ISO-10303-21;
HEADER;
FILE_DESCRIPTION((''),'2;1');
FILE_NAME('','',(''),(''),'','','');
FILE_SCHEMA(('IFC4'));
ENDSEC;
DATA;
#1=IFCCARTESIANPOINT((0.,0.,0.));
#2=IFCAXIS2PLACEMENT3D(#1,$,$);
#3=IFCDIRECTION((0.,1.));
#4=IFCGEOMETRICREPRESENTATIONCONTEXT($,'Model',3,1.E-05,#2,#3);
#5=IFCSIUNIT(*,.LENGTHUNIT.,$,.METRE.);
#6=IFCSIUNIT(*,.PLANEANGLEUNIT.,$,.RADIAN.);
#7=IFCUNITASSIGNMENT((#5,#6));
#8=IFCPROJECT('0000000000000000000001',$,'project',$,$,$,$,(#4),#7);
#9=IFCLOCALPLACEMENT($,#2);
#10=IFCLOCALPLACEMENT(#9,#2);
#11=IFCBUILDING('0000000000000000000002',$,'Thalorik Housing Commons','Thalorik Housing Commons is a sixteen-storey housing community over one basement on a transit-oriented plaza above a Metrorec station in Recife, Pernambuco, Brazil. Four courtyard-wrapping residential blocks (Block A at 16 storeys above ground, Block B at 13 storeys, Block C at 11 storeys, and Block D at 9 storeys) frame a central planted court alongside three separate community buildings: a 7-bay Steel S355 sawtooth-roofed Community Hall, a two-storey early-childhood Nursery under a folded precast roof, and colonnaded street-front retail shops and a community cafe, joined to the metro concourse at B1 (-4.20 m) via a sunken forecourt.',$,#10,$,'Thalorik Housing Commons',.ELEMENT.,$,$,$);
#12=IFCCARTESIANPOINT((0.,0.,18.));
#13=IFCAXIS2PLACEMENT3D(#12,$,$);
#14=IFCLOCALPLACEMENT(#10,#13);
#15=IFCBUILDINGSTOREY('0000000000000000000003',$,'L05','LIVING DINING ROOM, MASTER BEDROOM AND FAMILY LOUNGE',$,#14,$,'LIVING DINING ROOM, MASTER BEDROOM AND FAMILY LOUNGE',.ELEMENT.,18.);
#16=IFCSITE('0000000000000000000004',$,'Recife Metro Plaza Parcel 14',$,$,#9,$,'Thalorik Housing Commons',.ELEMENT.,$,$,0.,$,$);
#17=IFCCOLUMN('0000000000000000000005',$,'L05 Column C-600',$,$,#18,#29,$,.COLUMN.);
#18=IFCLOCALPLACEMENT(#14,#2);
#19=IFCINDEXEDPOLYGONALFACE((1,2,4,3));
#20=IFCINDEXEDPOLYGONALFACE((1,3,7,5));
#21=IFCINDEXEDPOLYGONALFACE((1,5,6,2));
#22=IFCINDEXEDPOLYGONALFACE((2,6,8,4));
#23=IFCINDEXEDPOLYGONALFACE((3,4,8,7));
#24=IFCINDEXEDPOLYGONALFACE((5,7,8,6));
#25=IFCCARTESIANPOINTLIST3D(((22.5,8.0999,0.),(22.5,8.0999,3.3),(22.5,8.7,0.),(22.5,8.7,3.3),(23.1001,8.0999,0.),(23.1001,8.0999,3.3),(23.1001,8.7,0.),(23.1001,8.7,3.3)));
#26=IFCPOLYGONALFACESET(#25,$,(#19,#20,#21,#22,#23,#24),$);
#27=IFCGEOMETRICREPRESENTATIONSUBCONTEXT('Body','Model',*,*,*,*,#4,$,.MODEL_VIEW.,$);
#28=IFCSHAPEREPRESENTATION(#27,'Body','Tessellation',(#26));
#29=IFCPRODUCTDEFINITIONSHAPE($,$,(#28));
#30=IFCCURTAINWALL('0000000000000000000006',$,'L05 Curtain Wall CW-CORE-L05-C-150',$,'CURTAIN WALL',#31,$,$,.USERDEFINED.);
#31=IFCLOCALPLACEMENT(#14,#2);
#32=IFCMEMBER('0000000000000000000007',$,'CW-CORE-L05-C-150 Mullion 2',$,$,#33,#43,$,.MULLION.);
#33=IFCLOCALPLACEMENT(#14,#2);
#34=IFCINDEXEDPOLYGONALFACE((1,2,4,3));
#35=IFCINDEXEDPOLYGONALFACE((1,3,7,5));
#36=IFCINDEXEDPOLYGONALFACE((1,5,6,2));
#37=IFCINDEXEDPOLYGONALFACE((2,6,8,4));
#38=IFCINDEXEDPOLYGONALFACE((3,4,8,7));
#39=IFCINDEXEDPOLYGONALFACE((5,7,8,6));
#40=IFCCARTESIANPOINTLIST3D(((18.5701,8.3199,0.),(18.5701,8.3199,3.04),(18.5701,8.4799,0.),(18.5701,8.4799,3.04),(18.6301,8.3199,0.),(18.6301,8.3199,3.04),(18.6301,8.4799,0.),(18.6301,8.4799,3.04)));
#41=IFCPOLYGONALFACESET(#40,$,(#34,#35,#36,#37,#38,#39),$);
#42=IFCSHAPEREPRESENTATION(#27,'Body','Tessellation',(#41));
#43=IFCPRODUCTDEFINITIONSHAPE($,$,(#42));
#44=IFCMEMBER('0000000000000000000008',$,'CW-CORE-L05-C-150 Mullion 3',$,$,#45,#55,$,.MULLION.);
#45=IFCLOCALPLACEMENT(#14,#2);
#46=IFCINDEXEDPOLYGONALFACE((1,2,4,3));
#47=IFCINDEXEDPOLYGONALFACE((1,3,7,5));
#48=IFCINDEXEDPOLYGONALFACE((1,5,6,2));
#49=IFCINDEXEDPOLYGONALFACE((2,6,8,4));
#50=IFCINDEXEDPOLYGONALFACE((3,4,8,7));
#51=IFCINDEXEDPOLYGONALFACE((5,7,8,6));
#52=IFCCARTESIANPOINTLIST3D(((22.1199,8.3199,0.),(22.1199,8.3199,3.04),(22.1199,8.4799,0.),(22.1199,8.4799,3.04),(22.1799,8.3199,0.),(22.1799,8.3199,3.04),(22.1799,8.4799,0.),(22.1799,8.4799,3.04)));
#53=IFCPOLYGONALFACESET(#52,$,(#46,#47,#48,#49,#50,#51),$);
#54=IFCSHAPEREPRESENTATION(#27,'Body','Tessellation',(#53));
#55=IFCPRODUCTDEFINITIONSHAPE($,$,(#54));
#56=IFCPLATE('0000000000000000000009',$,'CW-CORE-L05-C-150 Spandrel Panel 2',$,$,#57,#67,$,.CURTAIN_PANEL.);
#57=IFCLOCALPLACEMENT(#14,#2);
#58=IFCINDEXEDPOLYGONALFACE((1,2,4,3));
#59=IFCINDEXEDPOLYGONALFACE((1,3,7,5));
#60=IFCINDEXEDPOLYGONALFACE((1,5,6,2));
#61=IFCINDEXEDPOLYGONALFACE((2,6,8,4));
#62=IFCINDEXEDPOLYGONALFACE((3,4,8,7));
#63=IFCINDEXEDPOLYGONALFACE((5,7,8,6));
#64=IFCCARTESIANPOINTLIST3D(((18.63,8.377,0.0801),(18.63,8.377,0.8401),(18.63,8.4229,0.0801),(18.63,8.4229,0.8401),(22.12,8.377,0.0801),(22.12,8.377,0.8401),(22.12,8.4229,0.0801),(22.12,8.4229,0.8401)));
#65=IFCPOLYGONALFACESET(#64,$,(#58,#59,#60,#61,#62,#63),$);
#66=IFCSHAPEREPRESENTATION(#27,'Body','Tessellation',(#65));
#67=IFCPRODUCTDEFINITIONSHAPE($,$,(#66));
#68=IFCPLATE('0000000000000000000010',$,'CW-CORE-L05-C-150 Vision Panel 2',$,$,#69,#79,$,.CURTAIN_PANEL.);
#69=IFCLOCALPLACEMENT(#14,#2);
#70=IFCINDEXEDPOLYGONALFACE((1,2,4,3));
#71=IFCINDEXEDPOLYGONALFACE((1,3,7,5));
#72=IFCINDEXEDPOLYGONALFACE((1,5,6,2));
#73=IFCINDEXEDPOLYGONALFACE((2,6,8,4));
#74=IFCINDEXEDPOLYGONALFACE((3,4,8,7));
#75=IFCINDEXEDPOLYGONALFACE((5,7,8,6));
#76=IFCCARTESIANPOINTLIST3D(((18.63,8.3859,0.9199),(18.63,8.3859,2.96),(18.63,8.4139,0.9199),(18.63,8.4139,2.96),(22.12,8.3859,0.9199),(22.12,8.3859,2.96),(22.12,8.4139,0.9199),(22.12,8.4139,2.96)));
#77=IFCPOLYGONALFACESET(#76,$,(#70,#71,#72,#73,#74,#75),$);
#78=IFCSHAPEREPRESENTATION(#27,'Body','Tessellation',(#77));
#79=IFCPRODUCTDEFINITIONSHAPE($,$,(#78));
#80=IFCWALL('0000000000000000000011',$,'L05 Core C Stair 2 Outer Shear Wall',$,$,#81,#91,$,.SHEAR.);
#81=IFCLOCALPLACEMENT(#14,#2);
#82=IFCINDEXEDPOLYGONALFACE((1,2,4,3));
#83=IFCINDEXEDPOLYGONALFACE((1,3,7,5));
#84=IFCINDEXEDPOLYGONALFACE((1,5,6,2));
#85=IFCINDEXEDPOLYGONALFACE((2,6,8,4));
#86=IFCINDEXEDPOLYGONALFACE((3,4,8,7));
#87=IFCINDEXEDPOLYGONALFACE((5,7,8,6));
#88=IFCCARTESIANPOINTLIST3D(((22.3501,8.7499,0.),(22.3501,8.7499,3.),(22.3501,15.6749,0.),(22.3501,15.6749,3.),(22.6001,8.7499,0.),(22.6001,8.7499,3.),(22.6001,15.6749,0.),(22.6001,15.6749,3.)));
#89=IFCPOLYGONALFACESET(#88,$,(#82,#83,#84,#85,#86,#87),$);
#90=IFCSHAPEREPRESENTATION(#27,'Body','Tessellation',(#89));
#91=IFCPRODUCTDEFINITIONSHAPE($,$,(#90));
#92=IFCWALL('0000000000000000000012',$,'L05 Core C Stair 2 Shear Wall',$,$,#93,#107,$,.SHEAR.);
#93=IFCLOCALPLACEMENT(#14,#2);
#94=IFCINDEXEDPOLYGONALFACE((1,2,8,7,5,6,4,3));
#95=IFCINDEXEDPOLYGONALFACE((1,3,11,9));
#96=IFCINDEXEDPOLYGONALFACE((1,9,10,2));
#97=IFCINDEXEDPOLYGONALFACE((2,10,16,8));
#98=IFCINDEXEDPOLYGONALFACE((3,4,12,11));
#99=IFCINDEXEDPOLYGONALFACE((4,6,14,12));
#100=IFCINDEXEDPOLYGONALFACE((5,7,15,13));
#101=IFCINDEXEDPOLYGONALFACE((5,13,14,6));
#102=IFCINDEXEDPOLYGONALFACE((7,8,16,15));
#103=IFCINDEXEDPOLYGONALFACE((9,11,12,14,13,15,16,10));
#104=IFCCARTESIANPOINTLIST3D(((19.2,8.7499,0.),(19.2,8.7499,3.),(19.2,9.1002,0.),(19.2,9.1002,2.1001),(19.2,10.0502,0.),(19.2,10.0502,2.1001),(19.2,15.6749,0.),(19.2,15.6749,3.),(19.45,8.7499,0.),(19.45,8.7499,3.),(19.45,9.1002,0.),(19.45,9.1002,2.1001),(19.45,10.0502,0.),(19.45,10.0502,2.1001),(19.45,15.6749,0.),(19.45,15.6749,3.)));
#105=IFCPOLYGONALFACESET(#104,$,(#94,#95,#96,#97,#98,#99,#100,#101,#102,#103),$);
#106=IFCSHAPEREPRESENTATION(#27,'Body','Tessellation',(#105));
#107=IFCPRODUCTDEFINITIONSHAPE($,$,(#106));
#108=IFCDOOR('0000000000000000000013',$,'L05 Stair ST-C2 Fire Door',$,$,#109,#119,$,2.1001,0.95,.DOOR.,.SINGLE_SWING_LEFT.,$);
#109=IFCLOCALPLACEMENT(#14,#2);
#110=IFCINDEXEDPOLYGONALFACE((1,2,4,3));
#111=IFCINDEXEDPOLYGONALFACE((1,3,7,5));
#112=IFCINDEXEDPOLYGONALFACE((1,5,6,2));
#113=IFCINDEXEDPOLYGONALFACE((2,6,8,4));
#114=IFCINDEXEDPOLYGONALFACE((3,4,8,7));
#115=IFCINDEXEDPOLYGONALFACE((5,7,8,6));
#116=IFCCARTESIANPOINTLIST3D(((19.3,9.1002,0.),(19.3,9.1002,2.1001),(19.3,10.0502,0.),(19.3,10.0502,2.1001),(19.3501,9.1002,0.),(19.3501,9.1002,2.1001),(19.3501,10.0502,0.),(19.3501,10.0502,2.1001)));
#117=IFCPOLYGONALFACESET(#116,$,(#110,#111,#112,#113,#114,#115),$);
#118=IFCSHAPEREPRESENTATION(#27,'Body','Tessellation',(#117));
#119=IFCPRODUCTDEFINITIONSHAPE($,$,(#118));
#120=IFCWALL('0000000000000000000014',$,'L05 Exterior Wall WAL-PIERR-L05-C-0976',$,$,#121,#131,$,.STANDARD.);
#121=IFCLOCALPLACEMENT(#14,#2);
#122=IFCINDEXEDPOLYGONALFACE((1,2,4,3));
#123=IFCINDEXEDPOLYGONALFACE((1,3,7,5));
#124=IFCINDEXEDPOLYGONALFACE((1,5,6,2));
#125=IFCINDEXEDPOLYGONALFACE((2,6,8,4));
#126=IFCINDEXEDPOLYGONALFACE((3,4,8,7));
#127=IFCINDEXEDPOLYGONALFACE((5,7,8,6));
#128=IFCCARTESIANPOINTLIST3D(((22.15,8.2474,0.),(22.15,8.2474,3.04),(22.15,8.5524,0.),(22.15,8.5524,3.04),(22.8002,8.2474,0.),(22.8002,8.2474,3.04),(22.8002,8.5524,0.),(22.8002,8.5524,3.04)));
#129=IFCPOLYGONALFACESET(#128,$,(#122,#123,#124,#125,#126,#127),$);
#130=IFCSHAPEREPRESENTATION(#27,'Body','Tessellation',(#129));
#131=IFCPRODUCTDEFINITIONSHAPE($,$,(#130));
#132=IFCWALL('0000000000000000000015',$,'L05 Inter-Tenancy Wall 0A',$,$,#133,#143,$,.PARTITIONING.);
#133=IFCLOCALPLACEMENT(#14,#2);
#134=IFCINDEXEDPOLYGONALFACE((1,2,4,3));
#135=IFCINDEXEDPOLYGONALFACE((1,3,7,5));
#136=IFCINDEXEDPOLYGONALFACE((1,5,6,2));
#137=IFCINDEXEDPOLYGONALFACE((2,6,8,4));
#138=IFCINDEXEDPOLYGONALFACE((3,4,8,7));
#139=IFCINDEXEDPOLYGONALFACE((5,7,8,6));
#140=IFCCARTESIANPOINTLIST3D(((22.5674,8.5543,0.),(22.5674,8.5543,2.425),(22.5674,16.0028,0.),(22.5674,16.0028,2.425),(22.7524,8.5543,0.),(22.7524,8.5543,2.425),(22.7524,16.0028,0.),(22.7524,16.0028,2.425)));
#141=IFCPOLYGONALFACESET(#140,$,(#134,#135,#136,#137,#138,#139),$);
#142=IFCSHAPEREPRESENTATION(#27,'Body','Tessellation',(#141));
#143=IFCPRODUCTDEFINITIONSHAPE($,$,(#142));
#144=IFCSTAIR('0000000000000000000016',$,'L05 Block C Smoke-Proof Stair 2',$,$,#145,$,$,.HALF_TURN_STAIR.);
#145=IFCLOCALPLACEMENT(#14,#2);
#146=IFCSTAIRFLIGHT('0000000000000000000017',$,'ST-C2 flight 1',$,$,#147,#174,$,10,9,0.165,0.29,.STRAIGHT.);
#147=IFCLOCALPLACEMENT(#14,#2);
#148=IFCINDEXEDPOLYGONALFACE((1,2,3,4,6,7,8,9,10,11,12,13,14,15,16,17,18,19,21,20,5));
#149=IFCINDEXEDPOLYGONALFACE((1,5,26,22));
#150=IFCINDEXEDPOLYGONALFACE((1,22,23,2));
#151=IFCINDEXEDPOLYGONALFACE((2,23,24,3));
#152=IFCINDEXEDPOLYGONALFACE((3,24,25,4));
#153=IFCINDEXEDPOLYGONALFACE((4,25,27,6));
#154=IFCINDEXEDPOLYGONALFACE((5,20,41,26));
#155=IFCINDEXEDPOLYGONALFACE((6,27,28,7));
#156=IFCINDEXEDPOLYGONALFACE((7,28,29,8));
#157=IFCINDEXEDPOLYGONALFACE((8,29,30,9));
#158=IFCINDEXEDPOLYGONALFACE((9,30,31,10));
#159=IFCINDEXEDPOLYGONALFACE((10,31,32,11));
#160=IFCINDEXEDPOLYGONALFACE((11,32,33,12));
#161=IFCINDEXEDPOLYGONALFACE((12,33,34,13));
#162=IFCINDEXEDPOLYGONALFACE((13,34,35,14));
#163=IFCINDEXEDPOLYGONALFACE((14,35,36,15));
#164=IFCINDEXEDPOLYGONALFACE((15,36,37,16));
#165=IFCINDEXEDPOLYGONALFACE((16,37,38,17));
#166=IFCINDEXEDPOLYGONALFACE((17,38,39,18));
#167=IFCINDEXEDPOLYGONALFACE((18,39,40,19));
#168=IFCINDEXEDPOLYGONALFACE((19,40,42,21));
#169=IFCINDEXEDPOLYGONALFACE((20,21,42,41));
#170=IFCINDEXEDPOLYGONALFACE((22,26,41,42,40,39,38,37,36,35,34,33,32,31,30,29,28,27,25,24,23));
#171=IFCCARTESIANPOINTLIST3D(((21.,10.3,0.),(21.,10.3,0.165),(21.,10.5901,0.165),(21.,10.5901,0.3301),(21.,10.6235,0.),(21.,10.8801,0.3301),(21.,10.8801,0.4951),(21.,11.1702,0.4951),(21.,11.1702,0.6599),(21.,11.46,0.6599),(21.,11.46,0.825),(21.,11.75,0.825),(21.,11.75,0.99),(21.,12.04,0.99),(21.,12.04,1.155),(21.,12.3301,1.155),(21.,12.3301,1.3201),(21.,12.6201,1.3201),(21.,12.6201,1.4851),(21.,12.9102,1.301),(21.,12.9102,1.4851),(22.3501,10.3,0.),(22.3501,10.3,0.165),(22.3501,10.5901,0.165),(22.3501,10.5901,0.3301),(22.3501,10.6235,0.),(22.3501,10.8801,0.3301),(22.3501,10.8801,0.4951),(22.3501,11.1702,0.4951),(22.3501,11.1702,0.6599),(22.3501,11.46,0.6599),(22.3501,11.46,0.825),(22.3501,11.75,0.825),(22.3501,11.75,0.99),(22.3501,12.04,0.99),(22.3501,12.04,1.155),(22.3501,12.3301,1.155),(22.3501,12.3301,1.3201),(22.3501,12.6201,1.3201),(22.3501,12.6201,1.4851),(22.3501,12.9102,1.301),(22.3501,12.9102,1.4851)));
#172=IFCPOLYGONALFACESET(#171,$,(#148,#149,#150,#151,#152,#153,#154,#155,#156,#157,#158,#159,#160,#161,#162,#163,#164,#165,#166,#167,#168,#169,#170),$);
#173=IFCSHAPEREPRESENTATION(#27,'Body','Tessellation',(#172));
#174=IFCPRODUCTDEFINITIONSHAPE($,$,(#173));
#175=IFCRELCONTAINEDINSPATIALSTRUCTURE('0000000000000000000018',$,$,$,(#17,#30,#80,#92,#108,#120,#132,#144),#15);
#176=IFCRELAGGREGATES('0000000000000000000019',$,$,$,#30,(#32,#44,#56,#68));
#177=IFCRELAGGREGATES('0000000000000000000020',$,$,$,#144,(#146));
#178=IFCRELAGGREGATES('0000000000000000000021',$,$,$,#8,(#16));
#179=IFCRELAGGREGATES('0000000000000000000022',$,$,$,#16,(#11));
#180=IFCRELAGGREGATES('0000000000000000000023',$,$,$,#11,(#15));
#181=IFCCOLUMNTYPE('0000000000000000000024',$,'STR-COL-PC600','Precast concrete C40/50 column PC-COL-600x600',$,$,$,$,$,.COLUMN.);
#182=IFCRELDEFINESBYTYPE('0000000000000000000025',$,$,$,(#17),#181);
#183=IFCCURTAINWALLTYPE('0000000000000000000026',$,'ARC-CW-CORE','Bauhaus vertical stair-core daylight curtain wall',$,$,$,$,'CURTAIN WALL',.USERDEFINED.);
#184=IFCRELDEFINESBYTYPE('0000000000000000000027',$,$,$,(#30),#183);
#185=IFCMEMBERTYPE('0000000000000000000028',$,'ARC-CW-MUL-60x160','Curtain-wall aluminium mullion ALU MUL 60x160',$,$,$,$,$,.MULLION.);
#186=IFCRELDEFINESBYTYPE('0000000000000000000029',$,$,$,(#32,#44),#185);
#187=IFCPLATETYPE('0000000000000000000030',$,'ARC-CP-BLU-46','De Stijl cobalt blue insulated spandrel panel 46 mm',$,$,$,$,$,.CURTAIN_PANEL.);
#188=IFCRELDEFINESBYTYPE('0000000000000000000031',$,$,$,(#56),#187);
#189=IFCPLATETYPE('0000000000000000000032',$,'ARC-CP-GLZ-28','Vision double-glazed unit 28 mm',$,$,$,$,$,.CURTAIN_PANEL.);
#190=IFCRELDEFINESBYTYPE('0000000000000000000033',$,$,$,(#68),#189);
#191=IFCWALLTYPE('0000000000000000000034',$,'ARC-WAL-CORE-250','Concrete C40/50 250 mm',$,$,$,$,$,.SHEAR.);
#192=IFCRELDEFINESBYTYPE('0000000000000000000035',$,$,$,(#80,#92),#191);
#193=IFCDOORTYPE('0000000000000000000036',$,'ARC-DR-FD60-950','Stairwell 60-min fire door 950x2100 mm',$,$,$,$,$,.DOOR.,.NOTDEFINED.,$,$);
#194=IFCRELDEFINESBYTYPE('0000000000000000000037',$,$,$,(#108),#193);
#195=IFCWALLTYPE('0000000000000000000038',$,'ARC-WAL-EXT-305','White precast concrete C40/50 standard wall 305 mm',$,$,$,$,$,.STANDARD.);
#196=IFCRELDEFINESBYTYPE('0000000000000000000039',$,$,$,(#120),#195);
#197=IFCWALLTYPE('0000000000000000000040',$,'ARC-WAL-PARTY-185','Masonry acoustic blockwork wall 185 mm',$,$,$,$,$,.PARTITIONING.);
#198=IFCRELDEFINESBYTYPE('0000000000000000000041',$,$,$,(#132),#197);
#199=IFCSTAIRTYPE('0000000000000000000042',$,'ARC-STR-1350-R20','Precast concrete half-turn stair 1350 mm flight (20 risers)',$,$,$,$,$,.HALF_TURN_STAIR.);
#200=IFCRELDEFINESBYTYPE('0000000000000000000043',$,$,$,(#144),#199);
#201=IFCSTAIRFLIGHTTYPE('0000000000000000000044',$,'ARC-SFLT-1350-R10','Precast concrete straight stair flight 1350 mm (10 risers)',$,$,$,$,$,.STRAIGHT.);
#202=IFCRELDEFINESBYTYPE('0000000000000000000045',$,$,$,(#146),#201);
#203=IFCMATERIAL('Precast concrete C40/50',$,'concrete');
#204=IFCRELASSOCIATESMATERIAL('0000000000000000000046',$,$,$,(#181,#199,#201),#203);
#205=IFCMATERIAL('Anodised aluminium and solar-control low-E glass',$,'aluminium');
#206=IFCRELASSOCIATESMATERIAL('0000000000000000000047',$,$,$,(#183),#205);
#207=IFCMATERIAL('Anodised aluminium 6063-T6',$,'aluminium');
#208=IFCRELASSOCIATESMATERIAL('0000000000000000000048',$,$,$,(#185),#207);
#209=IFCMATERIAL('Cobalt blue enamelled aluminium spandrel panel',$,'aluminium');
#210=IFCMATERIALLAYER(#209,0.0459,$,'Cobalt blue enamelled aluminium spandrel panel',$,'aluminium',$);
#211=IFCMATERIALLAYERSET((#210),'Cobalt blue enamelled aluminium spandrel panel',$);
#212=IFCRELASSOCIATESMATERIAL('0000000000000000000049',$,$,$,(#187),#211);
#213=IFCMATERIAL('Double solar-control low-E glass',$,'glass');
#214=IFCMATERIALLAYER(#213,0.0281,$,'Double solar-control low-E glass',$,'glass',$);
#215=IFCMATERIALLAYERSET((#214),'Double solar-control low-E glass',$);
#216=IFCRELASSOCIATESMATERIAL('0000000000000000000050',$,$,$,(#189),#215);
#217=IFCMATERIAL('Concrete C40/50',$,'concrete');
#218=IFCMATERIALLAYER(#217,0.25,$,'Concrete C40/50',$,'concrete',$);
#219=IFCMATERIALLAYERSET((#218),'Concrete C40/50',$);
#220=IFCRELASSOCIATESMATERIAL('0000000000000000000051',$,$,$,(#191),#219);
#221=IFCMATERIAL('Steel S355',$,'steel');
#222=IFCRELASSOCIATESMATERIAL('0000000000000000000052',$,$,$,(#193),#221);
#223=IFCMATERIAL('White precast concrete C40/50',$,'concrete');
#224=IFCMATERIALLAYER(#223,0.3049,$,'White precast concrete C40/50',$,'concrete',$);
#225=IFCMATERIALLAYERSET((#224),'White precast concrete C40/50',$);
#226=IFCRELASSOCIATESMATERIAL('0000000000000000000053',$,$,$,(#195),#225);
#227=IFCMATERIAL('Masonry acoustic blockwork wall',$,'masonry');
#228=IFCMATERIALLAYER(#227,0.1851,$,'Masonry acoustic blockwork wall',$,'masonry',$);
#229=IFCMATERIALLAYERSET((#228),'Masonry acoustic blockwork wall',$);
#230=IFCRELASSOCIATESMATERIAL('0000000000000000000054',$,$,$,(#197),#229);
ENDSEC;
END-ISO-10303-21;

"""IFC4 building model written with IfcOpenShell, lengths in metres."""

from ifc_helpers import new_model, si_unit, direction, frame, frame_2d, origin, origin_2d, place, context, subcontext, project, spatial, polyline, rectangle, outline, extrude, material, layer, layer_set, material_profile, profile_set, type_object, element, fill, aggregate, save


model = new_model("IFC4")

# Units and contexts
model_context = context("Model", 3, precision=1e-05, world=origin(), true_north=direction((0.0, 1.0)))
body_context = subcontext(model_context, "Body", "Model", "MODEL_VIEW")
ifc_project = project(units=[si_unit("LENGTHUNIT", "METRE"), si_unit("PLANEANGLEUNIT", "RADIAN")], contexts=[model_context])

# Site, building, storey
site_placement = place(None, origin())
site = spatial("IfcSite", under=ifc_project, at=site_placement, Name="Recife Metro Plaza Parcel 14", LongName="Thalorik Housing Commons", CompositionType="ELEMENT", RefElevation=0.0)
building_placement = place(site_placement, origin())
building = spatial("IfcBuilding", under=site, at=building_placement, Name="Thalorik Housing Commons", Description="Thalorik Housing Commons is a sixteen-storey housing community over one basement on a transit-oriented plaza above a Metrorec station in Recife, Pernambuco, Brazil. Four courtyard-wrapping residential blocks (Block A at 16 storeys above ground, Block B at 13 storeys, Block C at 11 storeys, and Block D at 9 storeys) frame a central planted court alongside three separate community buildings: a 7-bay Steel S355 sawtooth-roofed Community Hall, a two-storey early-childhood Nursery under a folded precast roof, and colonnaded street-front retail shops and a community cafe, joined to the metro concourse at B1 (-4.20 m) via a sunken forecourt.", LongName="Thalorik Housing Commons", CompositionType="ELEMENT")
storey_placement = place(building_placement, frame((0.0, 0.0, 18.0)))
storey = spatial("IfcBuildingStorey", under=building, at=storey_placement, Name="L05", Description="LIVING DINING ROOM, MASTER BEDROOM AND FAMILY LOUNGE", LongName="LIVING DINING ROOM, MASTER BEDROOM AND FAMILY LOUNGE", CompositionType="ELEMENT", Elevation=18.0)

# Column
ifc_material_1 = material(Name="Precast concrete C40/50", Category="concrete")
ifc_material_profile_1 = material_profile(ifc_material_1, rectangle(XDim=0.6001, YDim=0.6001, at=origin_2d()), Name="PC 600x600", Category="concrete")
ifc_profile_set_1 = profile_set([ifc_material_profile_1], Name="Precast concrete C40/50")
column_type = type_object("IfcColumnType", Name="STR-COL-PC600", Description="Precast concrete C40/50 column PC-COL-600x600", PredefinedType="COLUMN", material=ifc_profile_set_1)
column_placement = place(storey_placement, frame((22.8, 8.3999, 0.0), z_axis=(0.0, 0.0, 1.0), x_axis=(1.0, 0.0, 0.0)))
element("IfcColumn", 1, at=column_placement, inside=storey, type_object=column_type, Name="L05 Column C-600", PredefinedType="COLUMN", context=body_context, shape_type="SweptSolid", body=[
    extrude(rectangle(XDim=0.6001, YDim=0.6001, at=origin_2d()), origin(), (0.0, 0.0, 1.0), 3.3),
])

# Curtain wall, members, plates
ifc_material_2 = material(Name="Anodised aluminium and solar-control low-E glass", Category="aluminium")
curtain_wall_type = type_object("IfcCurtainWallType", Name="ARC-CW-CORE", Description="Bauhaus vertical stair-core daylight curtain wall", ElementType="CURTAIN WALL", PredefinedType="USERDEFINED", material=ifc_material_2)
curtain_wall_placement = place(storey_placement, origin())
curtain_wall = element("IfcCurtainWall", 2, at=curtain_wall_placement, inside=storey, type_object=curtain_wall_type, Name="L05 Curtain Wall CW-CORE-L05-C-150", ObjectType="CURTAIN WALL", PredefinedType="USERDEFINED")
ifc_material_3 = material(Name="Anodised aluminium 6063-T6", Category="aluminium")
ifc_material_profile_2 = material_profile(ifc_material_3, rectangle(XDim=0.0601, YDim=0.1599, at=origin_2d()), Name="ALU MUL 60x160", Category="aluminium")
ifc_profile_set_2 = profile_set([ifc_material_profile_2], Name="Anodised aluminium 6063-T6")
member_type = type_object("IfcMemberType", Name="ARC-CW-MUL-60x160", Description="Curtain-wall aluminium mullion ALU MUL 60x160", PredefinedType="MULLION", material=ifc_profile_set_2)
member_1_placement = place(storey_placement, frame((18.6001, 8.3999, 0.0), z_axis=(0.0, 0.0, 1.0), x_axis=(1.0, 0.0, 0.0)))
member_1 = element("IfcMember", 3, at=member_1_placement, type_object=member_type, Name="CW-CORE-L05-C-150 Mullion 2", PredefinedType="MULLION", context=body_context, shape_type="SweptSolid", body=[
    extrude(rectangle(XDim=0.0601, YDim=0.1599, at=origin_2d()), origin(), (0.0, 0.0, 1.0), 3.04),
])
member_2_placement = place(storey_placement, frame((22.1499, 8.3999, 0.0), z_axis=(0.0, 0.0, 1.0), x_axis=(1.0, 0.0, 0.0)))
member_2 = element("IfcMember", 4, at=member_2_placement, type_object=member_type, Name="CW-CORE-L05-C-150 Mullion 3", PredefinedType="MULLION", context=body_context, shape_type="SweptSolid", body=[
    extrude(rectangle(XDim=0.0601, YDim=0.1599, at=origin_2d()), origin(), (0.0, 0.0, 1.0), 3.04),
])
ifc_material_4 = material(Name="Cobalt blue enamelled aluminium spandrel panel", Category="aluminium")
ifc_layer_1 = layer(ifc_material_4, 0.0459, Name="Cobalt blue enamelled aluminium spandrel panel", Category="aluminium")
ifc_layer_set_1 = layer_set([ifc_layer_1], Name="Cobalt blue enamelled aluminium spandrel panel")
plate_type_1 = type_object("IfcPlateType", Name="ARC-CP-BLU-46", Description="De Stijl cobalt blue insulated spandrel panel 46 mm", PredefinedType="CURTAIN_PANEL", material=ifc_layer_set_1)
plate_1_placement = place(storey_placement, frame((20.375, 8.3999, 0.0801), z_axis=(0.0, 0.0, 1.0), x_axis=(1.0, 0.0, 0.0)))
plate_1 = element("IfcPlate", 5, at=plate_1_placement, type_object=plate_type_1, Name="CW-CORE-L05-C-150 Spandrel Panel 2", PredefinedType="CURTAIN_PANEL", context=body_context, shape_type="SweptSolid", body=[
    extrude(rectangle(XDim=3.49, YDim=0.0459, at=origin_2d()), origin(), (0.0, 0.0, 1.0), 0.76),
])
ifc_material_5 = material(Name="Double solar-control low-E glass", Category="glass")
ifc_layer_2 = layer(ifc_material_5, 0.0281, Name="Double solar-control low-E glass", Category="glass")
ifc_layer_set_2 = layer_set([ifc_layer_2], Name="Double solar-control low-E glass")
plate_type_2 = type_object("IfcPlateType", Name="ARC-CP-GLZ-28", Description="Vision double-glazed unit 28 mm", PredefinedType="CURTAIN_PANEL", material=ifc_layer_set_2)
plate_2_placement = place(storey_placement, frame((20.375, 8.3999, 0.9199), z_axis=(0.0, 0.0, 1.0), x_axis=(1.0, 0.0, 0.0)))
plate_2 = element("IfcPlate", 6, at=plate_2_placement, type_object=plate_type_2, Name="CW-CORE-L05-C-150 Vision Panel 2", PredefinedType="CURTAIN_PANEL", context=body_context, shape_type="SweptSolid", body=[
    extrude(rectangle(XDim=3.49, YDim=0.0281, at=origin_2d()), origin(), (0.0, 0.0, 1.0), 2.04),
])
aggregate(curtain_wall, [member_1, member_2, plate_1, plate_2])

# Wall
ifc_material_6 = material(Name="Concrete C40/50", Category="concrete")
ifc_layer_3 = layer(ifc_material_6, 0.25, Name="Concrete C40/50", Category="concrete")
ifc_layer_set_3 = layer_set([ifc_layer_3], Name="Concrete C40/50")
wall_type_1 = type_object("IfcWallType", Name="ARC-WAL-CORE-250", Description="Concrete C40/50 250 mm", PredefinedType="SHEAR", material=ifc_layer_set_3)
wall_1_placement = place(storey_placement, frame((22.4751, 8.75, 0.0), z_axis=(0.0, 0.0, 1.0), x_axis=(0.0, 1.0, 0.0)))
element("IfcWall", 7, at=wall_1_placement, inside=storey, type_object=wall_type_1, Name="L05 Core C Stair 2 Outer Shear Wall", PredefinedType="SHEAR", context=body_context, shape_type="SweptSolid", body=[
    extrude(rectangle(XDim=6.925, YDim=0.25, at=frame_2d((3.4624, 0.0))), origin(), (0.0, 0.0, 1.0), 3.0),
])

# Wall, opening, door
wall_2_placement = place(storey_placement, frame((19.325, 8.75, 0.0), z_axis=(0.0, 0.0, 1.0), x_axis=(0.0, 1.0, 0.0)))
wall_2 = element("IfcWall", 8, at=wall_2_placement, inside=storey, type_object=wall_type_1, Name="L05 Core C Stair 2 Shear Wall", PredefinedType="SHEAR", context=body_context, shape_type="SweptSolid", body=[
    extrude(rectangle(XDim=6.925, YDim=0.25, at=frame_2d((3.4624, 0.0))), origin(), (0.0, 0.0, 1.0), 3.0),
])
opening_placement = place(wall_2_placement, frame((0.3501, 0.0, 0.0)))
opening = element("IfcOpeningElement", 9, at=opening_placement, cuts=wall_2, PredefinedType="OPENING", context=body_context, shape_type="SweptSolid", body=[
    extrude(rectangle(XDim=0.95, YDim=2.1001, at=frame_2d((0.4751, 1.05))), frame((0.0, 0.135, 0.0), z_axis=(0.0, -1.0, 0.0), x_axis=(1.0, 0.0, 0.0)), (0.0, 0.0, 1.0), 0.27),
])
ifc_material_7 = material(Name="Steel S355", Category="steel")
door_type = type_object("IfcDoorType", Name="ARC-DR-FD60-950", Description="Stairwell 60-min fire door 950x2100 mm", OperationType="NOTDEFINED", PredefinedType="DOOR", material=ifc_material_7)
door_placement = place(opening_placement, origin())
door = element("IfcDoor", 10, at=door_placement, inside=storey, type_object=door_type, Name="L05 Stair ST-C2 Fire Door", OperationType="SINGLE_SWING_LEFT", OverallHeight=2.1001, OverallWidth=0.95, PredefinedType="DOOR", context=body_context, shape_type="SweptSolid", body=[
    extrude(rectangle(XDim=0.95, YDim=2.1001, at=frame_2d((0.4751, 1.05))), frame((0.0, 0.0249, 0.0), z_axis=(0.0, -1.0, 0.0), x_axis=(1.0, 0.0, 0.0)), (0.0, 0.0, 1.0), 0.05),
])
fill(opening, door)

# Walls
ifc_material_8 = material(Name="White precast concrete C40/50", Category="concrete")
ifc_layer_4 = layer(ifc_material_8, 0.3049, Name="White precast concrete C40/50", Category="concrete")
ifc_layer_set_4 = layer_set([ifc_layer_4], Name="White precast concrete C40/50")
wall_type_2 = type_object("IfcWallType", Name="ARC-WAL-EXT-305", Description="White precast concrete C40/50 standard wall 305 mm", PredefinedType="STANDARD", material=ifc_layer_set_4)
wall_3_placement = place(storey_placement, frame((22.1499, 8.3999, 0.0), z_axis=(0.0, 0.0, 1.0), x_axis=(1.0, 0.0, 0.0)))
element("IfcWall", 11, at=wall_3_placement, inside=storey, type_object=wall_type_2, Name="L05 Exterior Wall WAL-PIERR-L05-C-0976", PredefinedType="STANDARD", context=body_context, shape_type="SweptSolid", body=[
    extrude(rectangle(XDim=0.6501, YDim=0.3049, at=frame_2d((0.3252, 0.0))), origin(), (0.0, 0.0, 1.0), 3.04),
])
ifc_material_9 = material(Name="Masonry acoustic blockwork wall", Category="masonry")
ifc_layer_5 = layer(ifc_material_9, 0.1851, Name="Masonry acoustic blockwork wall", Category="masonry")
ifc_layer_set_5 = layer_set([ifc_layer_5], Name="Masonry acoustic blockwork wall")
wall_type_3 = type_object("IfcWallType", Name="ARC-WAL-PARTY-185", Description="Masonry acoustic blockwork wall 185 mm", PredefinedType="PARTITIONING", material=ifc_layer_set_5)
wall_4_placement = place(storey_placement, frame((22.6599, 8.5544, 0.0), z_axis=(0.0, 0.0, 1.0), x_axis=(0.0, 1.0, 0.0)))
element("IfcWall", 12, at=wall_4_placement, inside=storey, type_object=wall_type_3, Name="L05 Inter-Tenancy Wall 0A", PredefinedType="PARTITIONING", context=body_context, shape_type="SweptSolid", body=[
    extrude(rectangle(XDim=7.4485, YDim=0.1851, at=frame_2d((3.7241, 0.0))), origin(), (0.0, 0.0, 1.0), 2.425),
])

# Stair, stair flight
stair_type = type_object("IfcStairType", Name="ARC-STR-1350-R20", Description="Precast concrete half-turn stair 1350 mm flight (20 risers)", PredefinedType="HALF_TURN_STAIR", material=ifc_material_1)
stair_placement = place(storey_placement, origin())
stair = element("IfcStair", 13, at=stair_placement, inside=storey, type_object=stair_type, Name="L05 Block C Smoke-Proof Stair 2", PredefinedType="HALF_TURN_STAIR")
stair_flight_type = type_object("IfcStairFlightType", Name="ARC-SFLT-1350-R10", Description="Precast concrete straight stair flight 1350 mm (10 risers)", PredefinedType="STRAIGHT", material=ifc_material_1)
stair_flight_placement = place(storey_placement, frame((21.675, 10.3, 0.0), z_axis=(0.0, 0.0, 1.0), x_axis=(0.0, 1.0, 0.0)))
stair_flight = element("IfcStairFlight", 14, at=stair_flight_placement, type_object=stair_flight_type, Name="ST-C2 flight 1", NumberOfRisers=10, NumberOfTreads=9, PredefinedType="STRAIGHT", RiserHeight=0.165, TreadLength=0.29, context=body_context, shape_type="SweptSolid", body=[
    extrude(outline(polyline([(0.0, 0.0), (0.0, 0.165), (0.29, 0.165), (0.29, 0.3301), (0.5801, 0.3301), (0.5801, 0.4951), (0.8701, 0.4951), (0.8701, 0.6599), (1.1599, 0.6599), (1.1599, 0.825), (1.45, 0.825), (1.45, 0.99), (1.74, 0.99), (1.74, 1.155), (2.03, 1.155), (2.03, 1.3201), (2.3201, 1.3201), (2.3201, 1.4851), (2.6101, 1.4851), (2.6101, 1.6499), (2.6101, 1.301), (0.3235, 0.0), (0.0, 0.0)])), frame((0.0, 0.675, 0.0), z_axis=(0.0, -1.0, 0.0), x_axis=(1.0, 0.0, 0.0)), (0.0, 0.0, 1.0), 1.3501),
])
aggregate(stair, [stair_flight])

save(model, "model.ifc")
